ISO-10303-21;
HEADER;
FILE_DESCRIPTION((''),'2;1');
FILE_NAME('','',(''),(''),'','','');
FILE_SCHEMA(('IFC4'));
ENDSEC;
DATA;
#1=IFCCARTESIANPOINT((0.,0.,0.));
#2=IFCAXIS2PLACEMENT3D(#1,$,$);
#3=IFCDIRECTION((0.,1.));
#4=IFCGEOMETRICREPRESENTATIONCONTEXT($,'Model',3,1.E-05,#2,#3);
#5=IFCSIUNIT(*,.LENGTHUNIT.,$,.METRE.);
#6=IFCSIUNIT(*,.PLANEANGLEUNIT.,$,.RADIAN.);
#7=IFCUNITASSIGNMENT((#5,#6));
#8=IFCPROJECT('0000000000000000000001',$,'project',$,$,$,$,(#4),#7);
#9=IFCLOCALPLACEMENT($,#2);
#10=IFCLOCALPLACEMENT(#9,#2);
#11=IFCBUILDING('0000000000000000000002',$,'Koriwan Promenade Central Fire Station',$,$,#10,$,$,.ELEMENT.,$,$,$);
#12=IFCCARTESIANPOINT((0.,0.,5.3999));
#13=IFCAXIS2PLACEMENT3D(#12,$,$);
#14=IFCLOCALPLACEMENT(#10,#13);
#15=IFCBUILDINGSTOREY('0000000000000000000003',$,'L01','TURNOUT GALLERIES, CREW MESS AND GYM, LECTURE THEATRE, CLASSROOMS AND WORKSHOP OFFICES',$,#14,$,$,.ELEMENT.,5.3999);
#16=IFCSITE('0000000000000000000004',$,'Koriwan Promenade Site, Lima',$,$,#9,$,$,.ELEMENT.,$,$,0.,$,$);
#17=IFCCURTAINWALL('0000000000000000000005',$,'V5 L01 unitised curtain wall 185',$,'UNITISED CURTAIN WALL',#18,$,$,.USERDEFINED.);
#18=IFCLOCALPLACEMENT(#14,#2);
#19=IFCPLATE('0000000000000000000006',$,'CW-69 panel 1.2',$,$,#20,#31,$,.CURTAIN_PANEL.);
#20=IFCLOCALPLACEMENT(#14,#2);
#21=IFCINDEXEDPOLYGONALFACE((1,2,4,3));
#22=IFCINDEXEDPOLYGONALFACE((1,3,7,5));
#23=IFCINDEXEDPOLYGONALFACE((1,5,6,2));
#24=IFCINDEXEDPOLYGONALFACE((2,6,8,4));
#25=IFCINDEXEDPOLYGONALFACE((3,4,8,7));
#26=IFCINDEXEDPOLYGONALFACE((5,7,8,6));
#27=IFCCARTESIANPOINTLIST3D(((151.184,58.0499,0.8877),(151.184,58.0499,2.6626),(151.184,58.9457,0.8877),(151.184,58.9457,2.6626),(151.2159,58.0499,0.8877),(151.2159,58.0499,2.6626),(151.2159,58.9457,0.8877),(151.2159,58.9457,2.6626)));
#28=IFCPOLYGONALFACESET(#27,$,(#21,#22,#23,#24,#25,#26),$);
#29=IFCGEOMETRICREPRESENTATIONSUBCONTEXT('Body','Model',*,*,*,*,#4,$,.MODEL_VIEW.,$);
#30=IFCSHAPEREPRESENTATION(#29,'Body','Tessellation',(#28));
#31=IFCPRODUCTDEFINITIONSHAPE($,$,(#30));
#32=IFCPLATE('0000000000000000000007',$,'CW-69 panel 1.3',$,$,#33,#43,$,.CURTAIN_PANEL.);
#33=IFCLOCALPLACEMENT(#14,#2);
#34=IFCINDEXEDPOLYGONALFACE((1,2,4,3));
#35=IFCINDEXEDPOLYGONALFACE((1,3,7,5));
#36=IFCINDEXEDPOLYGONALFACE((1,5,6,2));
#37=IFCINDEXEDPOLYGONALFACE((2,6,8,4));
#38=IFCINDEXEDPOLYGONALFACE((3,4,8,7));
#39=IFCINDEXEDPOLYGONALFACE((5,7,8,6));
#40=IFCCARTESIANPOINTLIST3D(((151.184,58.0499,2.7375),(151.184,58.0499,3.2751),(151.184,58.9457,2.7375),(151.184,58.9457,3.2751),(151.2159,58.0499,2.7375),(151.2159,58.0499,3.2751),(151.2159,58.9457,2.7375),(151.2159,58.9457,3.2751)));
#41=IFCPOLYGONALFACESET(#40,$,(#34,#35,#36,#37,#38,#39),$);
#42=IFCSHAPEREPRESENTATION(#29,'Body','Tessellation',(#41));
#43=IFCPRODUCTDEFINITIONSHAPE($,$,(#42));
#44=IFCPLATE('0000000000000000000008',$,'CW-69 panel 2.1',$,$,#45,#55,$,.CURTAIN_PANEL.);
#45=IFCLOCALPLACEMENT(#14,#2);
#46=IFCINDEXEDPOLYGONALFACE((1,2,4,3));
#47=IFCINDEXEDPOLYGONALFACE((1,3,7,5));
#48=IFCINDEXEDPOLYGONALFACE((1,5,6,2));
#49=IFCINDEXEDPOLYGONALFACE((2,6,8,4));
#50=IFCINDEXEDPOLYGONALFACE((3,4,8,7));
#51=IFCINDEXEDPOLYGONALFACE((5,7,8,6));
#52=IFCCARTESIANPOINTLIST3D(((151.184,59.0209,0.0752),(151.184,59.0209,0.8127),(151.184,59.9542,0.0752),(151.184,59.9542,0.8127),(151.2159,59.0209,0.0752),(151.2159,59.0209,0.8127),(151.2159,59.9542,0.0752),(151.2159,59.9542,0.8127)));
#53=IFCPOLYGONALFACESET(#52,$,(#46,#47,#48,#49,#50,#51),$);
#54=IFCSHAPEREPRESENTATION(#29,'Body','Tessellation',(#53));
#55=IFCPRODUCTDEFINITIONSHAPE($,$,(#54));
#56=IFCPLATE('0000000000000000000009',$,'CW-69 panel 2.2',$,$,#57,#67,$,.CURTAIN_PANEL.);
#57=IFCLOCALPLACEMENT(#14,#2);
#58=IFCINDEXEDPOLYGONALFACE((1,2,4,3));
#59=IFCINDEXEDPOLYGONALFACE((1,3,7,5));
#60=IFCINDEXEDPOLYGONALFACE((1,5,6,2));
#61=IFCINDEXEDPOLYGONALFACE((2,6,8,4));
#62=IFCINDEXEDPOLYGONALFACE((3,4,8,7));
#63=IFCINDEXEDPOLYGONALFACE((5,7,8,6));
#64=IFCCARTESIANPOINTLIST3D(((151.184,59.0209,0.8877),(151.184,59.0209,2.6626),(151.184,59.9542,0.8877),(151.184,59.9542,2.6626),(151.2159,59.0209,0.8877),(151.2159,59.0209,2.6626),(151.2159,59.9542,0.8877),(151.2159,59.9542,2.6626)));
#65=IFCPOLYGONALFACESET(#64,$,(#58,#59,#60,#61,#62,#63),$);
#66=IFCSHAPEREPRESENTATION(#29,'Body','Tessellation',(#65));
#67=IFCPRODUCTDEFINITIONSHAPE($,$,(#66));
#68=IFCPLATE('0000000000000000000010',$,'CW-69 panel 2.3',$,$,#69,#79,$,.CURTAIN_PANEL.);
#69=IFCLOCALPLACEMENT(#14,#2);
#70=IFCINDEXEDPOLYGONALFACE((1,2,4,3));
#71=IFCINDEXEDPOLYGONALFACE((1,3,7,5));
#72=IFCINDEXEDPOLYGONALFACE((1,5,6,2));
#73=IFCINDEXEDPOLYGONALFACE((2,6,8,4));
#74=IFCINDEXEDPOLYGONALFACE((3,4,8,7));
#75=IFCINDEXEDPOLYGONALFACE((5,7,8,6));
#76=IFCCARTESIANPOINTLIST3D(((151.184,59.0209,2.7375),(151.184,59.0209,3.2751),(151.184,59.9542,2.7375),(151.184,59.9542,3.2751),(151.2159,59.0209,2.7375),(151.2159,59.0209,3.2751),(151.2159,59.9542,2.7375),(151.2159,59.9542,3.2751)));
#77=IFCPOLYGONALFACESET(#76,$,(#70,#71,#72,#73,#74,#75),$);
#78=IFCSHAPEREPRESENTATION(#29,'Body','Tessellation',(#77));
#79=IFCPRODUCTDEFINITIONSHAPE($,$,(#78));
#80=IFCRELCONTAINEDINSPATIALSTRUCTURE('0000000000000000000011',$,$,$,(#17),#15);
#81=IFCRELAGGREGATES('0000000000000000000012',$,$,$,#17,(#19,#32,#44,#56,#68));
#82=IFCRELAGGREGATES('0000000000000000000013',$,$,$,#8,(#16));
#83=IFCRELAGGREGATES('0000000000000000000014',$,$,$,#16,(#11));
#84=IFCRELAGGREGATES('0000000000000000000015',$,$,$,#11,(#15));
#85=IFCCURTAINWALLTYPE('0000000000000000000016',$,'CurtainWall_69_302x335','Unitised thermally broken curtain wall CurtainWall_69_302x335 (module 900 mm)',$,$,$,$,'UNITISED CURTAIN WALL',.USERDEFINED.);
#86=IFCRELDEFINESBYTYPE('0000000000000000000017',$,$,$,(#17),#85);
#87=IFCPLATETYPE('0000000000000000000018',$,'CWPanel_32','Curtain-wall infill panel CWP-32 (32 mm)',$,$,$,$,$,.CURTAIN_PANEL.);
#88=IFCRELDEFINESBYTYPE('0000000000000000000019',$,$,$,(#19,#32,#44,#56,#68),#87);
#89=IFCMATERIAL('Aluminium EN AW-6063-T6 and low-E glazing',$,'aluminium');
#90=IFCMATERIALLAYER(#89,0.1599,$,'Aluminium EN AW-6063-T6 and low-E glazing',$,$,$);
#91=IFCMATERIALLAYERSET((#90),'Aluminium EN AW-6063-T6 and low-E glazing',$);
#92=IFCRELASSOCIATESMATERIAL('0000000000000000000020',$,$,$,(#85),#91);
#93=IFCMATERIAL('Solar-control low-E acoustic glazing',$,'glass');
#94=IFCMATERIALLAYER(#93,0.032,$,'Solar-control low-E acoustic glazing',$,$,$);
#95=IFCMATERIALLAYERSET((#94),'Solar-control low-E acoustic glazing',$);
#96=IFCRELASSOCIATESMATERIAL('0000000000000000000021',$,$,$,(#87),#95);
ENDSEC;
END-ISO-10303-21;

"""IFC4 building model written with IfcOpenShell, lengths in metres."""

from ifc_helpers import new_model, si_unit, direction, frame, origin, origin_2d, place, context, subcontext, project, spatial, rectangle, extrude, material, layer, layer_set, type_object, element, aggregate, save


model = new_model("IFC4")

# Units and contexts
model_context = context("Model", 3, precision=1e-05, world=origin(), true_north=direction((0.0, 1.0)))
body_context = subcontext(model_context, "Body", "Model", "MODEL_VIEW")
ifc_project = project(units=[si_unit("LENGTHUNIT", "METRE"), si_unit("PLANEANGLEUNIT", "RADIAN")], contexts=[model_context])

# Site, building, storey
site_placement = place(None, origin())
site = spatial("IfcSite", under=ifc_project, at=site_placement, Name="Koriwan Promenade Site, Lima", CompositionType="ELEMENT", RefElevation=0.0)
building_placement = place(site_placement, origin())
building = spatial("IfcBuilding", under=site, at=building_placement, Name="Koriwan Promenade Central Fire Station", CompositionType="ELEMENT")
storey_placement = place(building_placement, frame((0.0, 0.0, 5.3999)))
storey = spatial("IfcBuildingStorey", under=building, at=storey_placement, Name="L01", Description="TURNOUT GALLERIES, CREW MESS AND GYM, LECTURE THEATRE, CLASSROOMS AND WORKSHOP OFFICES", CompositionType="ELEMENT", Elevation=5.3999)

# Curtain wall
ifc_material_1 = material(Name="Aluminium EN AW-6063-T6 and low-E glazing", Category="aluminium")
ifc_layer_1 = layer(ifc_material_1, 0.1599, Name="Aluminium EN AW-6063-T6 and low-E glazing")
ifc_layer_set_1 = layer_set([ifc_layer_1], Name="Aluminium EN AW-6063-T6 and low-E glazing")
curtain_wall_type_1 = type_object("IfcCurtainWallType", Name="CurtainWall_69_302x335", Description="Unitised thermally broken curtain wall CurtainWall_69_302x335 (module 900 mm)", ElementType="UNITISED CURTAIN WALL", PredefinedType="USERDEFINED", material=ifc_layer_set_1)
curtain_wall_1_placement = place(storey_placement, origin())
curtain_wall_1 = element("IfcCurtainWall", 1, at=curtain_wall_1_placement, inside=storey, type_object=curtain_wall_type_1, Name="V5 L01 unitised curtain wall 185", ObjectType="UNITISED CURTAIN WALL", PredefinedType="USERDEFINED")

# Plates
ifc_material_2 = material(Name="Solar-control low-E acoustic glazing", Category="glass")
ifc_layer_2 = layer(ifc_material_2, 0.032, Name="Solar-control low-E acoustic glazing")
ifc_layer_set_2 = layer_set([ifc_layer_2], Name="Solar-control low-E acoustic glazing")
plate_type = type_object("IfcPlateType", Name="CWPanel_32", Description="Curtain-wall infill panel CWP-32 (32 mm)", PredefinedType="CURTAIN_PANEL", material=ifc_layer_set_2)
plate_1_placement = place(storey_placement, frame((151.2, 58.4978, 0.8877), z_axis=(0.0, 0.0, 1.0), x_axis=(0.0, 1.0, 0.0)))
plate_1 = element("IfcPlate", 2, at=plate_1_placement, type_object=plate_type, Name="CW-69 panel 1.2", PredefinedType="CURTAIN_PANEL", context=body_context, shape_type="SweptSolid", body=[
    extrude(rectangle(XDim=0.8958, YDim=0.032, at=origin_2d()), origin(), (0.0, 0.0, 1.0), 1.7749),
])
plate_2_placement = place(storey_placement, frame((151.2, 58.4978, 2.7375), z_axis=(0.0, 0.0, 1.0), x_axis=(0.0, 1.0, 0.0)))
plate_2 = element("IfcPlate", 3, at=plate_2_placement, type_object=plate_type, Name="CW-69 panel 1.3", PredefinedType="CURTAIN_PANEL", context=body_context, shape_type="SweptSolid", body=[
    extrude(rectangle(XDim=0.8958, YDim=0.032, at=origin_2d()), origin(), (0.0, 0.0, 1.0), 0.5376),
])
plate_3_placement = place(storey_placement, frame((151.2, 59.4875, 0.0752), z_axis=(0.0, 0.0, 1.0), x_axis=(0.0, 1.0, 0.0)))
plate_3 = element("IfcPlate", 4, at=plate_3_placement, type_object=plate_type, Name="CW-69 panel 2.1", PredefinedType="CURTAIN_PANEL", context=body_context, shape_type="SweptSolid", body=[
    extrude(rectangle(XDim=0.9333, YDim=0.032, at=origin_2d()), origin(), (0.0, 0.0, 1.0), 0.7375),
])
plate_4_placement = place(storey_placement, frame((151.2, 59.4875, 0.8877), z_axis=(0.0, 0.0, 1.0), x_axis=(0.0, 1.0, 0.0)))
plate_4 = element("IfcPlate", 5, at=plate_4_placement, type_object=plate_type, Name="CW-69 panel 2.2", PredefinedType="CURTAIN_PANEL", context=body_context, shape_type="SweptSolid", body=[
    extrude(rectangle(XDim=0.9333, YDim=0.032, at=origin_2d()), origin(), (0.0, 0.0, 1.0), 1.7749),
])
plate_5_placement = place(storey_placement, frame((151.2, 59.4875, 2.7375), z_axis=(0.0, 0.0, 1.0), x_axis=(0.0, 1.0, 0.0)))
plate_5 = element("IfcPlate", 6, at=plate_5_placement, type_object=plate_type, Name="CW-69 panel 2.3", PredefinedType="CURTAIN_PANEL", context=body_context, shape_type="SweptSolid", body=[
    extrude(rectangle(XDim=0.9333, YDim=0.032, at=origin_2d()), origin(), (0.0, 0.0, 1.0), 0.5376),
])
aggregate(curtain_wall_1, [plate_1, plate_2, plate_3, plate_4, plate_5])

save(model, "model.ifc")
